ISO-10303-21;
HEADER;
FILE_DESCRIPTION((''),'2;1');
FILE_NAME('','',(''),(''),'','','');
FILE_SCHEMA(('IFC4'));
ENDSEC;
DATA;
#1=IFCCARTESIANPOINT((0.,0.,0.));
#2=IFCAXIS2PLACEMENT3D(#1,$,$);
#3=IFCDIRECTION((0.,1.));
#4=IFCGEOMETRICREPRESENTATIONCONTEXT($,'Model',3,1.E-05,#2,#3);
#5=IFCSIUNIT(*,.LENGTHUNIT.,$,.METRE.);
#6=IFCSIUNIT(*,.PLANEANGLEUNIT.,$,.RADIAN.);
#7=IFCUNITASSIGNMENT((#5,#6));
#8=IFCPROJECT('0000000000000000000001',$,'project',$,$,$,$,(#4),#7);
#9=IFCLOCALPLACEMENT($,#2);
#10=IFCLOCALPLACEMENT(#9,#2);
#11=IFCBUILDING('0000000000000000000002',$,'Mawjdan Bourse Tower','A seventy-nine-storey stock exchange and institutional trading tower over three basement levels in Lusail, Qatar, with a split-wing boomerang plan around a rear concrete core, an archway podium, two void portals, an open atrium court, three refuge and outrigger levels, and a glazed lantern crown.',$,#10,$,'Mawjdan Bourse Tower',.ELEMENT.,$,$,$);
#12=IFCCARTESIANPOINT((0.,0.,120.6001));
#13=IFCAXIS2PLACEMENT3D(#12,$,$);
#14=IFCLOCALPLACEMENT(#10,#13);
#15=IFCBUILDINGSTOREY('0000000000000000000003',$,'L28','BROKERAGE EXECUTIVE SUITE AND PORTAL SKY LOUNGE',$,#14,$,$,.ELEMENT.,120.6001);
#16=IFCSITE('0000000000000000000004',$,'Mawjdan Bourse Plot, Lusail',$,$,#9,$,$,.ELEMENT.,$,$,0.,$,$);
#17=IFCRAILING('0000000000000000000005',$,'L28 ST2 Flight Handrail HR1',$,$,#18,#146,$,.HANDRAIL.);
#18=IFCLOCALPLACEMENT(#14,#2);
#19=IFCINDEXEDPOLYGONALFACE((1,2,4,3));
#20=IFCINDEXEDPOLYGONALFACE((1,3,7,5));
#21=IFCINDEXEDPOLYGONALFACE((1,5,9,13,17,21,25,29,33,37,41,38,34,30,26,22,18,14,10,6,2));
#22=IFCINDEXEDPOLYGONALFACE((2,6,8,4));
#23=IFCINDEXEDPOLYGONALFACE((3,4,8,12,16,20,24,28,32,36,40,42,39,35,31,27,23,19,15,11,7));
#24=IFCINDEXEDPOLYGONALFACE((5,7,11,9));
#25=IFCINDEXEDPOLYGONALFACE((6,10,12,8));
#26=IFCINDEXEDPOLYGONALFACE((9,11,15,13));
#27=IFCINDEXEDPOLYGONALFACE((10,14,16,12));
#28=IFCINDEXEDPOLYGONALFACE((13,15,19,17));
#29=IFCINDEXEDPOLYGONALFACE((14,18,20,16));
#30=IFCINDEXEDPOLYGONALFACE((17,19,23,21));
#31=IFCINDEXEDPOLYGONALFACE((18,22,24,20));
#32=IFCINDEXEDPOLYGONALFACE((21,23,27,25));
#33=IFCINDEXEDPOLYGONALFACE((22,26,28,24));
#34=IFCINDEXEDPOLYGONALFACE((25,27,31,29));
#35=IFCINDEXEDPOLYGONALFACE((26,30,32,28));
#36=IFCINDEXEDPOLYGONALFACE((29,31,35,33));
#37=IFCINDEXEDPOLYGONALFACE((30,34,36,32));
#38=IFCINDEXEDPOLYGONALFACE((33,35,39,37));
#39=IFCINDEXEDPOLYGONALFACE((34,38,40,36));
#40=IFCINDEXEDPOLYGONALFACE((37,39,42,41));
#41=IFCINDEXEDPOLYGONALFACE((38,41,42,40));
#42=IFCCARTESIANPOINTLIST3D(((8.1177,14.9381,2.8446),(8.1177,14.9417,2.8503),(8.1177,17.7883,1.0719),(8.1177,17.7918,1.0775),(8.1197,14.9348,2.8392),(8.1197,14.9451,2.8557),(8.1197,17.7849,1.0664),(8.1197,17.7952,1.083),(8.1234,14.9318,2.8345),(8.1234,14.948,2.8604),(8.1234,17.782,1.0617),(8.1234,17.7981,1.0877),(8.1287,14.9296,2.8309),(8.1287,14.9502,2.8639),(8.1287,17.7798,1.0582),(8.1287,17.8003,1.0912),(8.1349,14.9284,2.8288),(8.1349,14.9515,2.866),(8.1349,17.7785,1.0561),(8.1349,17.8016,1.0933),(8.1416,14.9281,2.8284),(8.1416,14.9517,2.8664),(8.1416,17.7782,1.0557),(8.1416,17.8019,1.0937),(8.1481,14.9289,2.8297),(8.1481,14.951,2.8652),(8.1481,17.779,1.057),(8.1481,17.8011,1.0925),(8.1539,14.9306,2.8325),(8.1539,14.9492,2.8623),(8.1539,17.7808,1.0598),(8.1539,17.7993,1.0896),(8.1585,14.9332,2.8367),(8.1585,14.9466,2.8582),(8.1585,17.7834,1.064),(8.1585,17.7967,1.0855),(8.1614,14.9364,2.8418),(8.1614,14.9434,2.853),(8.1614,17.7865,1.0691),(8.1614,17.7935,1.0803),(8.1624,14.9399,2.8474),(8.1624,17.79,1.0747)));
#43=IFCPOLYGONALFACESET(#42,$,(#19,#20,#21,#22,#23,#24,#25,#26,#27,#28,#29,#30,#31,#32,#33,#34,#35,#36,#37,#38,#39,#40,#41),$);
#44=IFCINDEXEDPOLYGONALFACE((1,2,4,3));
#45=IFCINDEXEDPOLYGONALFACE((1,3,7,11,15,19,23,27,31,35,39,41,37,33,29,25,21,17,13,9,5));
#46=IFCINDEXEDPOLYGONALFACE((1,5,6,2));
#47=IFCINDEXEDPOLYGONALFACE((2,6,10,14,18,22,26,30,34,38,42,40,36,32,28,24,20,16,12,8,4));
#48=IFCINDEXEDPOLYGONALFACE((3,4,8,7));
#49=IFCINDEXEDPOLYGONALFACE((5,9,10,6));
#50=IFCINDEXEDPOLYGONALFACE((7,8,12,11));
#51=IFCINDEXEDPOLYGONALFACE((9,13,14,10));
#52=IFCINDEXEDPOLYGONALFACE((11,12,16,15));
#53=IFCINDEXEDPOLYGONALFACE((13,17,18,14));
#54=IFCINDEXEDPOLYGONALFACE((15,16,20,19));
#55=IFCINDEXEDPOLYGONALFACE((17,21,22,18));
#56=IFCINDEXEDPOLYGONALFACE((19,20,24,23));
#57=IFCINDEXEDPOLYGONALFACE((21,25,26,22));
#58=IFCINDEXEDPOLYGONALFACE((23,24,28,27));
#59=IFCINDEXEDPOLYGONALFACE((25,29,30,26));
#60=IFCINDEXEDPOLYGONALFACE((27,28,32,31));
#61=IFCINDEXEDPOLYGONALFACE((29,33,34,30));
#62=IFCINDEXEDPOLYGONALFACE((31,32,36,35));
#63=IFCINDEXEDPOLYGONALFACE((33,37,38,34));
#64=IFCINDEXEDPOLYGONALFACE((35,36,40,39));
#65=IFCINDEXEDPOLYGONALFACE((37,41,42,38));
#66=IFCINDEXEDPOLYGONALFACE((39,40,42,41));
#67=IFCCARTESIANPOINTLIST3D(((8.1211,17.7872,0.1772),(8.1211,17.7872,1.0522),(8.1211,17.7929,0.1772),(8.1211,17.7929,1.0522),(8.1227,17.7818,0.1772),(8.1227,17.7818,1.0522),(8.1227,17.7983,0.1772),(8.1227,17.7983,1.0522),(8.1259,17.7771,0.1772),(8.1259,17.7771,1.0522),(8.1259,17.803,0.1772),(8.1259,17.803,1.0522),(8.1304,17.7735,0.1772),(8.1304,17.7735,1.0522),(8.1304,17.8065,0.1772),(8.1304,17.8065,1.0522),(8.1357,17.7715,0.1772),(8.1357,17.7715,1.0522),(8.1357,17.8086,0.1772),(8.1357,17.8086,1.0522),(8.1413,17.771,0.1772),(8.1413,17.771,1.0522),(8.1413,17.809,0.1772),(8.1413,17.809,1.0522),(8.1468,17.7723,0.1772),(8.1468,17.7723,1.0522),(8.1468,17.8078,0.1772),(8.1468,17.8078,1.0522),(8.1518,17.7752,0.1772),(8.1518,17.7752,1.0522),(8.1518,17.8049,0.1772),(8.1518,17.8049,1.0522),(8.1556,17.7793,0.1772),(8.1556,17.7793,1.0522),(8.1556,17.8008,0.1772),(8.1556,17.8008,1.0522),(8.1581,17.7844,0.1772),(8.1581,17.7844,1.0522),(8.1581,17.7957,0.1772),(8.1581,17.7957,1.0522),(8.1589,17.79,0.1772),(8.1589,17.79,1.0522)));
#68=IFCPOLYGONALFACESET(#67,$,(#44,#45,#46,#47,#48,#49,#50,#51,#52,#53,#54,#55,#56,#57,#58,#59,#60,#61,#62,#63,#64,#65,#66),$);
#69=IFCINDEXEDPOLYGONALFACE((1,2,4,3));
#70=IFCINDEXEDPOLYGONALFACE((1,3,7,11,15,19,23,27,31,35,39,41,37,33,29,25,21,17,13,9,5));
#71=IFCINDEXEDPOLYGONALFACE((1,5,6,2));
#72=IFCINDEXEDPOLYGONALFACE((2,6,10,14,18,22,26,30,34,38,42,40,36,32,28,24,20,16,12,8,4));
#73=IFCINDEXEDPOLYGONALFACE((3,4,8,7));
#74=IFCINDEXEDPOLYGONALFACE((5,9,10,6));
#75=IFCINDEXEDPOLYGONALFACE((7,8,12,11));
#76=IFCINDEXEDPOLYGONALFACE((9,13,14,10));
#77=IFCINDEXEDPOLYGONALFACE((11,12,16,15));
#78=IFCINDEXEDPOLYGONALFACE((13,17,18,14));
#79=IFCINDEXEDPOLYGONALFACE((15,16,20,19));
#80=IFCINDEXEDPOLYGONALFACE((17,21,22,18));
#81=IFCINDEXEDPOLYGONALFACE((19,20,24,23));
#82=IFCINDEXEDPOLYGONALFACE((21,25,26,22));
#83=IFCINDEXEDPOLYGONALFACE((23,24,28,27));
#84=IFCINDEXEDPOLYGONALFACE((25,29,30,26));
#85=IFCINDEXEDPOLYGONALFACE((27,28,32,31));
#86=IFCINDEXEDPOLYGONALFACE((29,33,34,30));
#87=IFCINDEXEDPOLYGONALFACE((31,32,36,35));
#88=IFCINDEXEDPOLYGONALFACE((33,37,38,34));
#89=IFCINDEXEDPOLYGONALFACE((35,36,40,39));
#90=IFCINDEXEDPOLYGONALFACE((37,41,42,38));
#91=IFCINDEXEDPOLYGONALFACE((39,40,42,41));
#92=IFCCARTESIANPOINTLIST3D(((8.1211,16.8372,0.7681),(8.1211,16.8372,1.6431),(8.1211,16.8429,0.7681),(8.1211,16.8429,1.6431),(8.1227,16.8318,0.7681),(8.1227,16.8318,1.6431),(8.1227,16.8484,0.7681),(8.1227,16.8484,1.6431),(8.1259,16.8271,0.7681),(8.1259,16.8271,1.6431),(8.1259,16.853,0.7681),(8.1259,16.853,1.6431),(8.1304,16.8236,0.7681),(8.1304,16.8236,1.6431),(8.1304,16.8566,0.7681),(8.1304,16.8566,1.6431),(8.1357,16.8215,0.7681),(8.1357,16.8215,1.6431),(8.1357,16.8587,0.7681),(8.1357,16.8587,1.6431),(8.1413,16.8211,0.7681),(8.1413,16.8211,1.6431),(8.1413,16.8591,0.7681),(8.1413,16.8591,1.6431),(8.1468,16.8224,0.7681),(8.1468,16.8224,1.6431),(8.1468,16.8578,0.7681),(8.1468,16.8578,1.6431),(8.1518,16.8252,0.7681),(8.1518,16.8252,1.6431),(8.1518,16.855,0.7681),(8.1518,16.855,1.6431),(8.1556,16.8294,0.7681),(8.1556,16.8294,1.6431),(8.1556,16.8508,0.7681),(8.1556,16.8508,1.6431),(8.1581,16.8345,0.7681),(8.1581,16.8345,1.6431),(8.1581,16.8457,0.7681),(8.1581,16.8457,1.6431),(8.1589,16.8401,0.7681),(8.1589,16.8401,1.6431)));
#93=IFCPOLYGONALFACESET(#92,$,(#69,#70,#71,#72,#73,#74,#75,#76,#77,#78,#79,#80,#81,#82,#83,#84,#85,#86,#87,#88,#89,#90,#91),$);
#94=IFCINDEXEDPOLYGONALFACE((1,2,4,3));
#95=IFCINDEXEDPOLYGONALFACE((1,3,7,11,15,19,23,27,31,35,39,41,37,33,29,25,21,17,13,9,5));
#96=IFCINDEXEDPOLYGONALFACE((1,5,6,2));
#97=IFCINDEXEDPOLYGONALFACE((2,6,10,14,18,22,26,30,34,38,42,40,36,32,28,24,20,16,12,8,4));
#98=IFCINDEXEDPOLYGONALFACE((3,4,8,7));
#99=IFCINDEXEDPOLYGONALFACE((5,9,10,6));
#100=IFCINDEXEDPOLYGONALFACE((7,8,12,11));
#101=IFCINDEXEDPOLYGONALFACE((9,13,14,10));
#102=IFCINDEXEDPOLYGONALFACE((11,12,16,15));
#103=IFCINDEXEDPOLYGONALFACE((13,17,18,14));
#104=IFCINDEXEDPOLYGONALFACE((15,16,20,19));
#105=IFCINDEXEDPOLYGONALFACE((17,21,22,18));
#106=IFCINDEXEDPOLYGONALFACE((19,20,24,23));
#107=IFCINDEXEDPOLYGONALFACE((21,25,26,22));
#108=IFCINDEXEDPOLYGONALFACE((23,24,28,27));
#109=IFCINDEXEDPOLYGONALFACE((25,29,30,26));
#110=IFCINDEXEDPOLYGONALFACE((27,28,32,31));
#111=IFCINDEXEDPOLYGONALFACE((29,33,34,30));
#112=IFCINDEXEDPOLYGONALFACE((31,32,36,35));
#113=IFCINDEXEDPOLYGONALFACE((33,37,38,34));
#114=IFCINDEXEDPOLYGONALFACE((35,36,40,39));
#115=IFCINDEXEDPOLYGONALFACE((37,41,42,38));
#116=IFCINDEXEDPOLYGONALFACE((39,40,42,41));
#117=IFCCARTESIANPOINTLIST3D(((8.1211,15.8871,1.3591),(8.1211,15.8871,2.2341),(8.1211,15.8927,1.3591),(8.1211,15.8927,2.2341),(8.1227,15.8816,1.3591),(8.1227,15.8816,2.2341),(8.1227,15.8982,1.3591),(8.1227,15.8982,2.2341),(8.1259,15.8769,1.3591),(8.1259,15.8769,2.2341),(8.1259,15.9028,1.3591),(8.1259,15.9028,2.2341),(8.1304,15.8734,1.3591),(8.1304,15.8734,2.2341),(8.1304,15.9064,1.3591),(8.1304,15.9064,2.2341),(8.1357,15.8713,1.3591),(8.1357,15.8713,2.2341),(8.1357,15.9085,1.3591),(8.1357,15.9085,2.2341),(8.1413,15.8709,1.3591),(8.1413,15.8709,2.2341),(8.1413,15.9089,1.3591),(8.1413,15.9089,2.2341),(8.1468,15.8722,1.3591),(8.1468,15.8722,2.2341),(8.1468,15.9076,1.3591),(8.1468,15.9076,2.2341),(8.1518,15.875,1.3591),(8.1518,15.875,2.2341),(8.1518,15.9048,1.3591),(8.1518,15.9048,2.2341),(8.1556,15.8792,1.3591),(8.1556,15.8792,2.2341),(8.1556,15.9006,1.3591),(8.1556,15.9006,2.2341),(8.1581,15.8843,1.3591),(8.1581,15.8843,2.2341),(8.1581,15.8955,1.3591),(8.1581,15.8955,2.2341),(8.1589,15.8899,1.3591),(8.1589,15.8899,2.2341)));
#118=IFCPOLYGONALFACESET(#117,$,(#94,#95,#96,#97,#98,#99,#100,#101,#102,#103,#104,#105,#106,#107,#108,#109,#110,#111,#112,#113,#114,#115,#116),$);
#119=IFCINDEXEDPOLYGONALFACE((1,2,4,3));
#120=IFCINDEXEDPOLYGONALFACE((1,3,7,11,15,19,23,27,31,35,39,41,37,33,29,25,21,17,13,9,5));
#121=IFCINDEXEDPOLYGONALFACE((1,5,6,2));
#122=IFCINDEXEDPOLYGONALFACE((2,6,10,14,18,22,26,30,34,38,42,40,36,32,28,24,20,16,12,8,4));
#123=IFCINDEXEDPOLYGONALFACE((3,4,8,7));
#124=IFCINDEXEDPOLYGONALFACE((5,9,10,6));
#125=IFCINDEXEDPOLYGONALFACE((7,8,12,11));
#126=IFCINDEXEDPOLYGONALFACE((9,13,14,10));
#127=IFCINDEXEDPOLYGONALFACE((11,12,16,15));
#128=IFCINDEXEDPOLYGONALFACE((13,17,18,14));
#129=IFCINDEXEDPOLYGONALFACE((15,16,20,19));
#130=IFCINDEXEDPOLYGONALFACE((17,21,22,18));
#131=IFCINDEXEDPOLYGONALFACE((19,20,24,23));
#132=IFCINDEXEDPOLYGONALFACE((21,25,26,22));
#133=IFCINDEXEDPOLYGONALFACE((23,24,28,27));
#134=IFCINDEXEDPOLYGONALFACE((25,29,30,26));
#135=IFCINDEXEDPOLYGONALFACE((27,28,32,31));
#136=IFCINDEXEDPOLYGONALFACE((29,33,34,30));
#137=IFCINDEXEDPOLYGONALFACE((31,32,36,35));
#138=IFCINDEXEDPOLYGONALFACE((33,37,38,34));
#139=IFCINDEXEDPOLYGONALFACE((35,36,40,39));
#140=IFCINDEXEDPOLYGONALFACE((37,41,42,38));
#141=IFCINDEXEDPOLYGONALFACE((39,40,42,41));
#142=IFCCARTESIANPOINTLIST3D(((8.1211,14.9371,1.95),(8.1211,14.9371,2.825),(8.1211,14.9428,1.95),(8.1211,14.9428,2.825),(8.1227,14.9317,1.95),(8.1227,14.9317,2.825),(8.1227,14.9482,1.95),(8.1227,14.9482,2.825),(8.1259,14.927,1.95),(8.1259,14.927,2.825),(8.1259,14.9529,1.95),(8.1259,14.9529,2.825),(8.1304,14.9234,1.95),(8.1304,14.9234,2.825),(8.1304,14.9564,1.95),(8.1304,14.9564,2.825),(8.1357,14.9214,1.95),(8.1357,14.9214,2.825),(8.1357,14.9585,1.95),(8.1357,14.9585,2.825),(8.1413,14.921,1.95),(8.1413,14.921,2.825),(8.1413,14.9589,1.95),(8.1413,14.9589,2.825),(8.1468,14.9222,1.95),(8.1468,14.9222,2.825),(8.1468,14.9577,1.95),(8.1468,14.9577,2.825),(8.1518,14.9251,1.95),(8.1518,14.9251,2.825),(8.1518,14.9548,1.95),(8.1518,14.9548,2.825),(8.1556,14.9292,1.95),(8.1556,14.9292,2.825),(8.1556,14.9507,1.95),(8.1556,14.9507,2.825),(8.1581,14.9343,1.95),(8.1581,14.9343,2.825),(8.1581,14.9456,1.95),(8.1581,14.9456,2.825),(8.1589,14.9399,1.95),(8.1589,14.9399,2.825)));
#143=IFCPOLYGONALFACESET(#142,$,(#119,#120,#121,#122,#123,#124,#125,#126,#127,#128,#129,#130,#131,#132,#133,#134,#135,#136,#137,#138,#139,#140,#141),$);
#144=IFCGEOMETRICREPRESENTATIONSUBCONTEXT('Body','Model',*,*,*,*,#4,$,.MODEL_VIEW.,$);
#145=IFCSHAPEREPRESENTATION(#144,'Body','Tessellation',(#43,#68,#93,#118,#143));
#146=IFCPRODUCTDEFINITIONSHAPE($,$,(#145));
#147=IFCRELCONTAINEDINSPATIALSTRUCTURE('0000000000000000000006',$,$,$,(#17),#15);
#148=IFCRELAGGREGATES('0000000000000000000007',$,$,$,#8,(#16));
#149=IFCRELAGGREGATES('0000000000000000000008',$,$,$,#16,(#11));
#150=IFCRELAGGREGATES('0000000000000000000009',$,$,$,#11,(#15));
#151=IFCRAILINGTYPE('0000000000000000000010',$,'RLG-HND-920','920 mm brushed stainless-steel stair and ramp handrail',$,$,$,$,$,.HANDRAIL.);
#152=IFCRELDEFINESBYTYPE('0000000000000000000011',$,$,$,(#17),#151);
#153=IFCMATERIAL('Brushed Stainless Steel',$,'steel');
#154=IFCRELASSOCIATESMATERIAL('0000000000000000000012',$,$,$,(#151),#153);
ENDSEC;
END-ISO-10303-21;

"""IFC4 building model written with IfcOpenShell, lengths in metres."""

from ifc_helpers import new_model, si_unit, direction, frame, origin, origin_2d, place, context, subcontext, project, spatial, circle, extrude, material, type_object, element, save


model = new_model("IFC4")

# Units and contexts
model_context = context("Model", 3, precision=1e-05, world=origin(), true_north=direction((0.0, 1.0)))
body_context = subcontext(model_context, "Body", "Model", "MODEL_VIEW")
ifc_project = project(units=[si_unit("LENGTHUNIT", "METRE"), si_unit("PLANEANGLEUNIT", "RADIAN")], contexts=[model_context])

# Site, building, storey
site_placement = place(None, origin())
site = spatial("IfcSite", under=ifc_project, at=site_placement, Name="Mawjdan Bourse Plot, Lusail", CompositionType="ELEMENT", RefElevation=0.0)
building_placement = place(site_placement, origin())
building = spatial("IfcBuilding", under=site, at=building_placement, Name="Mawjdan Bourse Tower", Description="A seventy-nine-storey stock exchange and institutional trading tower over three basement levels in Lusail, Qatar, with a split-wing boomerang plan around a rear concrete core, an archway podium, two void portals, an open atrium court, three refuge and outrigger levels, and a glazed lantern crown.", LongName="Mawjdan Bourse Tower", CompositionType="ELEMENT")
storey_placement = place(building_placement, frame((0.0, 0.0, 120.6001)))
storey = spatial("IfcBuildingStorey", under=building, at=storey_placement, Name="L28", Description="BROKERAGE EXECUTIVE SUITE AND PORTAL SKY LOUNGE", CompositionType="ELEMENT", Elevation=120.6001)

# Shared definitions
ifc_material_1 = material(Name="Brushed Stainless Steel", Category="steel")

# Railing
railing_type_1 = type_object("IfcRailingType", Name="RLG-HND-920", Description="920 mm brushed stainless-steel stair and ramp handrail", PredefinedType="HANDRAIL", material=ifc_material_1)
railing_1_placement = place(storey_placement, frame((8.1399, 17.79, 0.1772)))
element("IfcRailing", 1, at=railing_1_placement, inside=storey, type_object=railing_type_1, Name="L28 ST2 Flight Handrail HR1", PredefinedType="HANDRAIL", context=body_context, shape_type="SweptSolid", body=[
    extrude(circle(Radius=0.0225, at=origin_2d()), frame((0.0, 0.0, 0.8975), z_axis=(0.0, -0.849149, 0.528154), x_axis=(1.0, 0.0, 0.0)), (0.0, 0.0, 1.0), 3.3564),
    extrude(circle(Radius=0.019, at=origin_2d()), origin(), (0.0, 0.0, 1.0), 0.875),
    extrude(circle(Radius=0.019, at=origin_2d()), frame((0.0, -0.95, 0.5908)), (0.0, 0.0, 1.0), 0.875),
    extrude(circle(Radius=0.019, at=origin_2d()), frame((0.0, -1.9001, 1.1819)), (0.0, 0.0, 1.0), 0.875),
    extrude(circle(Radius=0.019, at=origin_2d()), frame((0.0, -2.8501, 1.7727)), (0.0, 0.0, 1.0), 0.875),
])

save(model, "model.ifc")
